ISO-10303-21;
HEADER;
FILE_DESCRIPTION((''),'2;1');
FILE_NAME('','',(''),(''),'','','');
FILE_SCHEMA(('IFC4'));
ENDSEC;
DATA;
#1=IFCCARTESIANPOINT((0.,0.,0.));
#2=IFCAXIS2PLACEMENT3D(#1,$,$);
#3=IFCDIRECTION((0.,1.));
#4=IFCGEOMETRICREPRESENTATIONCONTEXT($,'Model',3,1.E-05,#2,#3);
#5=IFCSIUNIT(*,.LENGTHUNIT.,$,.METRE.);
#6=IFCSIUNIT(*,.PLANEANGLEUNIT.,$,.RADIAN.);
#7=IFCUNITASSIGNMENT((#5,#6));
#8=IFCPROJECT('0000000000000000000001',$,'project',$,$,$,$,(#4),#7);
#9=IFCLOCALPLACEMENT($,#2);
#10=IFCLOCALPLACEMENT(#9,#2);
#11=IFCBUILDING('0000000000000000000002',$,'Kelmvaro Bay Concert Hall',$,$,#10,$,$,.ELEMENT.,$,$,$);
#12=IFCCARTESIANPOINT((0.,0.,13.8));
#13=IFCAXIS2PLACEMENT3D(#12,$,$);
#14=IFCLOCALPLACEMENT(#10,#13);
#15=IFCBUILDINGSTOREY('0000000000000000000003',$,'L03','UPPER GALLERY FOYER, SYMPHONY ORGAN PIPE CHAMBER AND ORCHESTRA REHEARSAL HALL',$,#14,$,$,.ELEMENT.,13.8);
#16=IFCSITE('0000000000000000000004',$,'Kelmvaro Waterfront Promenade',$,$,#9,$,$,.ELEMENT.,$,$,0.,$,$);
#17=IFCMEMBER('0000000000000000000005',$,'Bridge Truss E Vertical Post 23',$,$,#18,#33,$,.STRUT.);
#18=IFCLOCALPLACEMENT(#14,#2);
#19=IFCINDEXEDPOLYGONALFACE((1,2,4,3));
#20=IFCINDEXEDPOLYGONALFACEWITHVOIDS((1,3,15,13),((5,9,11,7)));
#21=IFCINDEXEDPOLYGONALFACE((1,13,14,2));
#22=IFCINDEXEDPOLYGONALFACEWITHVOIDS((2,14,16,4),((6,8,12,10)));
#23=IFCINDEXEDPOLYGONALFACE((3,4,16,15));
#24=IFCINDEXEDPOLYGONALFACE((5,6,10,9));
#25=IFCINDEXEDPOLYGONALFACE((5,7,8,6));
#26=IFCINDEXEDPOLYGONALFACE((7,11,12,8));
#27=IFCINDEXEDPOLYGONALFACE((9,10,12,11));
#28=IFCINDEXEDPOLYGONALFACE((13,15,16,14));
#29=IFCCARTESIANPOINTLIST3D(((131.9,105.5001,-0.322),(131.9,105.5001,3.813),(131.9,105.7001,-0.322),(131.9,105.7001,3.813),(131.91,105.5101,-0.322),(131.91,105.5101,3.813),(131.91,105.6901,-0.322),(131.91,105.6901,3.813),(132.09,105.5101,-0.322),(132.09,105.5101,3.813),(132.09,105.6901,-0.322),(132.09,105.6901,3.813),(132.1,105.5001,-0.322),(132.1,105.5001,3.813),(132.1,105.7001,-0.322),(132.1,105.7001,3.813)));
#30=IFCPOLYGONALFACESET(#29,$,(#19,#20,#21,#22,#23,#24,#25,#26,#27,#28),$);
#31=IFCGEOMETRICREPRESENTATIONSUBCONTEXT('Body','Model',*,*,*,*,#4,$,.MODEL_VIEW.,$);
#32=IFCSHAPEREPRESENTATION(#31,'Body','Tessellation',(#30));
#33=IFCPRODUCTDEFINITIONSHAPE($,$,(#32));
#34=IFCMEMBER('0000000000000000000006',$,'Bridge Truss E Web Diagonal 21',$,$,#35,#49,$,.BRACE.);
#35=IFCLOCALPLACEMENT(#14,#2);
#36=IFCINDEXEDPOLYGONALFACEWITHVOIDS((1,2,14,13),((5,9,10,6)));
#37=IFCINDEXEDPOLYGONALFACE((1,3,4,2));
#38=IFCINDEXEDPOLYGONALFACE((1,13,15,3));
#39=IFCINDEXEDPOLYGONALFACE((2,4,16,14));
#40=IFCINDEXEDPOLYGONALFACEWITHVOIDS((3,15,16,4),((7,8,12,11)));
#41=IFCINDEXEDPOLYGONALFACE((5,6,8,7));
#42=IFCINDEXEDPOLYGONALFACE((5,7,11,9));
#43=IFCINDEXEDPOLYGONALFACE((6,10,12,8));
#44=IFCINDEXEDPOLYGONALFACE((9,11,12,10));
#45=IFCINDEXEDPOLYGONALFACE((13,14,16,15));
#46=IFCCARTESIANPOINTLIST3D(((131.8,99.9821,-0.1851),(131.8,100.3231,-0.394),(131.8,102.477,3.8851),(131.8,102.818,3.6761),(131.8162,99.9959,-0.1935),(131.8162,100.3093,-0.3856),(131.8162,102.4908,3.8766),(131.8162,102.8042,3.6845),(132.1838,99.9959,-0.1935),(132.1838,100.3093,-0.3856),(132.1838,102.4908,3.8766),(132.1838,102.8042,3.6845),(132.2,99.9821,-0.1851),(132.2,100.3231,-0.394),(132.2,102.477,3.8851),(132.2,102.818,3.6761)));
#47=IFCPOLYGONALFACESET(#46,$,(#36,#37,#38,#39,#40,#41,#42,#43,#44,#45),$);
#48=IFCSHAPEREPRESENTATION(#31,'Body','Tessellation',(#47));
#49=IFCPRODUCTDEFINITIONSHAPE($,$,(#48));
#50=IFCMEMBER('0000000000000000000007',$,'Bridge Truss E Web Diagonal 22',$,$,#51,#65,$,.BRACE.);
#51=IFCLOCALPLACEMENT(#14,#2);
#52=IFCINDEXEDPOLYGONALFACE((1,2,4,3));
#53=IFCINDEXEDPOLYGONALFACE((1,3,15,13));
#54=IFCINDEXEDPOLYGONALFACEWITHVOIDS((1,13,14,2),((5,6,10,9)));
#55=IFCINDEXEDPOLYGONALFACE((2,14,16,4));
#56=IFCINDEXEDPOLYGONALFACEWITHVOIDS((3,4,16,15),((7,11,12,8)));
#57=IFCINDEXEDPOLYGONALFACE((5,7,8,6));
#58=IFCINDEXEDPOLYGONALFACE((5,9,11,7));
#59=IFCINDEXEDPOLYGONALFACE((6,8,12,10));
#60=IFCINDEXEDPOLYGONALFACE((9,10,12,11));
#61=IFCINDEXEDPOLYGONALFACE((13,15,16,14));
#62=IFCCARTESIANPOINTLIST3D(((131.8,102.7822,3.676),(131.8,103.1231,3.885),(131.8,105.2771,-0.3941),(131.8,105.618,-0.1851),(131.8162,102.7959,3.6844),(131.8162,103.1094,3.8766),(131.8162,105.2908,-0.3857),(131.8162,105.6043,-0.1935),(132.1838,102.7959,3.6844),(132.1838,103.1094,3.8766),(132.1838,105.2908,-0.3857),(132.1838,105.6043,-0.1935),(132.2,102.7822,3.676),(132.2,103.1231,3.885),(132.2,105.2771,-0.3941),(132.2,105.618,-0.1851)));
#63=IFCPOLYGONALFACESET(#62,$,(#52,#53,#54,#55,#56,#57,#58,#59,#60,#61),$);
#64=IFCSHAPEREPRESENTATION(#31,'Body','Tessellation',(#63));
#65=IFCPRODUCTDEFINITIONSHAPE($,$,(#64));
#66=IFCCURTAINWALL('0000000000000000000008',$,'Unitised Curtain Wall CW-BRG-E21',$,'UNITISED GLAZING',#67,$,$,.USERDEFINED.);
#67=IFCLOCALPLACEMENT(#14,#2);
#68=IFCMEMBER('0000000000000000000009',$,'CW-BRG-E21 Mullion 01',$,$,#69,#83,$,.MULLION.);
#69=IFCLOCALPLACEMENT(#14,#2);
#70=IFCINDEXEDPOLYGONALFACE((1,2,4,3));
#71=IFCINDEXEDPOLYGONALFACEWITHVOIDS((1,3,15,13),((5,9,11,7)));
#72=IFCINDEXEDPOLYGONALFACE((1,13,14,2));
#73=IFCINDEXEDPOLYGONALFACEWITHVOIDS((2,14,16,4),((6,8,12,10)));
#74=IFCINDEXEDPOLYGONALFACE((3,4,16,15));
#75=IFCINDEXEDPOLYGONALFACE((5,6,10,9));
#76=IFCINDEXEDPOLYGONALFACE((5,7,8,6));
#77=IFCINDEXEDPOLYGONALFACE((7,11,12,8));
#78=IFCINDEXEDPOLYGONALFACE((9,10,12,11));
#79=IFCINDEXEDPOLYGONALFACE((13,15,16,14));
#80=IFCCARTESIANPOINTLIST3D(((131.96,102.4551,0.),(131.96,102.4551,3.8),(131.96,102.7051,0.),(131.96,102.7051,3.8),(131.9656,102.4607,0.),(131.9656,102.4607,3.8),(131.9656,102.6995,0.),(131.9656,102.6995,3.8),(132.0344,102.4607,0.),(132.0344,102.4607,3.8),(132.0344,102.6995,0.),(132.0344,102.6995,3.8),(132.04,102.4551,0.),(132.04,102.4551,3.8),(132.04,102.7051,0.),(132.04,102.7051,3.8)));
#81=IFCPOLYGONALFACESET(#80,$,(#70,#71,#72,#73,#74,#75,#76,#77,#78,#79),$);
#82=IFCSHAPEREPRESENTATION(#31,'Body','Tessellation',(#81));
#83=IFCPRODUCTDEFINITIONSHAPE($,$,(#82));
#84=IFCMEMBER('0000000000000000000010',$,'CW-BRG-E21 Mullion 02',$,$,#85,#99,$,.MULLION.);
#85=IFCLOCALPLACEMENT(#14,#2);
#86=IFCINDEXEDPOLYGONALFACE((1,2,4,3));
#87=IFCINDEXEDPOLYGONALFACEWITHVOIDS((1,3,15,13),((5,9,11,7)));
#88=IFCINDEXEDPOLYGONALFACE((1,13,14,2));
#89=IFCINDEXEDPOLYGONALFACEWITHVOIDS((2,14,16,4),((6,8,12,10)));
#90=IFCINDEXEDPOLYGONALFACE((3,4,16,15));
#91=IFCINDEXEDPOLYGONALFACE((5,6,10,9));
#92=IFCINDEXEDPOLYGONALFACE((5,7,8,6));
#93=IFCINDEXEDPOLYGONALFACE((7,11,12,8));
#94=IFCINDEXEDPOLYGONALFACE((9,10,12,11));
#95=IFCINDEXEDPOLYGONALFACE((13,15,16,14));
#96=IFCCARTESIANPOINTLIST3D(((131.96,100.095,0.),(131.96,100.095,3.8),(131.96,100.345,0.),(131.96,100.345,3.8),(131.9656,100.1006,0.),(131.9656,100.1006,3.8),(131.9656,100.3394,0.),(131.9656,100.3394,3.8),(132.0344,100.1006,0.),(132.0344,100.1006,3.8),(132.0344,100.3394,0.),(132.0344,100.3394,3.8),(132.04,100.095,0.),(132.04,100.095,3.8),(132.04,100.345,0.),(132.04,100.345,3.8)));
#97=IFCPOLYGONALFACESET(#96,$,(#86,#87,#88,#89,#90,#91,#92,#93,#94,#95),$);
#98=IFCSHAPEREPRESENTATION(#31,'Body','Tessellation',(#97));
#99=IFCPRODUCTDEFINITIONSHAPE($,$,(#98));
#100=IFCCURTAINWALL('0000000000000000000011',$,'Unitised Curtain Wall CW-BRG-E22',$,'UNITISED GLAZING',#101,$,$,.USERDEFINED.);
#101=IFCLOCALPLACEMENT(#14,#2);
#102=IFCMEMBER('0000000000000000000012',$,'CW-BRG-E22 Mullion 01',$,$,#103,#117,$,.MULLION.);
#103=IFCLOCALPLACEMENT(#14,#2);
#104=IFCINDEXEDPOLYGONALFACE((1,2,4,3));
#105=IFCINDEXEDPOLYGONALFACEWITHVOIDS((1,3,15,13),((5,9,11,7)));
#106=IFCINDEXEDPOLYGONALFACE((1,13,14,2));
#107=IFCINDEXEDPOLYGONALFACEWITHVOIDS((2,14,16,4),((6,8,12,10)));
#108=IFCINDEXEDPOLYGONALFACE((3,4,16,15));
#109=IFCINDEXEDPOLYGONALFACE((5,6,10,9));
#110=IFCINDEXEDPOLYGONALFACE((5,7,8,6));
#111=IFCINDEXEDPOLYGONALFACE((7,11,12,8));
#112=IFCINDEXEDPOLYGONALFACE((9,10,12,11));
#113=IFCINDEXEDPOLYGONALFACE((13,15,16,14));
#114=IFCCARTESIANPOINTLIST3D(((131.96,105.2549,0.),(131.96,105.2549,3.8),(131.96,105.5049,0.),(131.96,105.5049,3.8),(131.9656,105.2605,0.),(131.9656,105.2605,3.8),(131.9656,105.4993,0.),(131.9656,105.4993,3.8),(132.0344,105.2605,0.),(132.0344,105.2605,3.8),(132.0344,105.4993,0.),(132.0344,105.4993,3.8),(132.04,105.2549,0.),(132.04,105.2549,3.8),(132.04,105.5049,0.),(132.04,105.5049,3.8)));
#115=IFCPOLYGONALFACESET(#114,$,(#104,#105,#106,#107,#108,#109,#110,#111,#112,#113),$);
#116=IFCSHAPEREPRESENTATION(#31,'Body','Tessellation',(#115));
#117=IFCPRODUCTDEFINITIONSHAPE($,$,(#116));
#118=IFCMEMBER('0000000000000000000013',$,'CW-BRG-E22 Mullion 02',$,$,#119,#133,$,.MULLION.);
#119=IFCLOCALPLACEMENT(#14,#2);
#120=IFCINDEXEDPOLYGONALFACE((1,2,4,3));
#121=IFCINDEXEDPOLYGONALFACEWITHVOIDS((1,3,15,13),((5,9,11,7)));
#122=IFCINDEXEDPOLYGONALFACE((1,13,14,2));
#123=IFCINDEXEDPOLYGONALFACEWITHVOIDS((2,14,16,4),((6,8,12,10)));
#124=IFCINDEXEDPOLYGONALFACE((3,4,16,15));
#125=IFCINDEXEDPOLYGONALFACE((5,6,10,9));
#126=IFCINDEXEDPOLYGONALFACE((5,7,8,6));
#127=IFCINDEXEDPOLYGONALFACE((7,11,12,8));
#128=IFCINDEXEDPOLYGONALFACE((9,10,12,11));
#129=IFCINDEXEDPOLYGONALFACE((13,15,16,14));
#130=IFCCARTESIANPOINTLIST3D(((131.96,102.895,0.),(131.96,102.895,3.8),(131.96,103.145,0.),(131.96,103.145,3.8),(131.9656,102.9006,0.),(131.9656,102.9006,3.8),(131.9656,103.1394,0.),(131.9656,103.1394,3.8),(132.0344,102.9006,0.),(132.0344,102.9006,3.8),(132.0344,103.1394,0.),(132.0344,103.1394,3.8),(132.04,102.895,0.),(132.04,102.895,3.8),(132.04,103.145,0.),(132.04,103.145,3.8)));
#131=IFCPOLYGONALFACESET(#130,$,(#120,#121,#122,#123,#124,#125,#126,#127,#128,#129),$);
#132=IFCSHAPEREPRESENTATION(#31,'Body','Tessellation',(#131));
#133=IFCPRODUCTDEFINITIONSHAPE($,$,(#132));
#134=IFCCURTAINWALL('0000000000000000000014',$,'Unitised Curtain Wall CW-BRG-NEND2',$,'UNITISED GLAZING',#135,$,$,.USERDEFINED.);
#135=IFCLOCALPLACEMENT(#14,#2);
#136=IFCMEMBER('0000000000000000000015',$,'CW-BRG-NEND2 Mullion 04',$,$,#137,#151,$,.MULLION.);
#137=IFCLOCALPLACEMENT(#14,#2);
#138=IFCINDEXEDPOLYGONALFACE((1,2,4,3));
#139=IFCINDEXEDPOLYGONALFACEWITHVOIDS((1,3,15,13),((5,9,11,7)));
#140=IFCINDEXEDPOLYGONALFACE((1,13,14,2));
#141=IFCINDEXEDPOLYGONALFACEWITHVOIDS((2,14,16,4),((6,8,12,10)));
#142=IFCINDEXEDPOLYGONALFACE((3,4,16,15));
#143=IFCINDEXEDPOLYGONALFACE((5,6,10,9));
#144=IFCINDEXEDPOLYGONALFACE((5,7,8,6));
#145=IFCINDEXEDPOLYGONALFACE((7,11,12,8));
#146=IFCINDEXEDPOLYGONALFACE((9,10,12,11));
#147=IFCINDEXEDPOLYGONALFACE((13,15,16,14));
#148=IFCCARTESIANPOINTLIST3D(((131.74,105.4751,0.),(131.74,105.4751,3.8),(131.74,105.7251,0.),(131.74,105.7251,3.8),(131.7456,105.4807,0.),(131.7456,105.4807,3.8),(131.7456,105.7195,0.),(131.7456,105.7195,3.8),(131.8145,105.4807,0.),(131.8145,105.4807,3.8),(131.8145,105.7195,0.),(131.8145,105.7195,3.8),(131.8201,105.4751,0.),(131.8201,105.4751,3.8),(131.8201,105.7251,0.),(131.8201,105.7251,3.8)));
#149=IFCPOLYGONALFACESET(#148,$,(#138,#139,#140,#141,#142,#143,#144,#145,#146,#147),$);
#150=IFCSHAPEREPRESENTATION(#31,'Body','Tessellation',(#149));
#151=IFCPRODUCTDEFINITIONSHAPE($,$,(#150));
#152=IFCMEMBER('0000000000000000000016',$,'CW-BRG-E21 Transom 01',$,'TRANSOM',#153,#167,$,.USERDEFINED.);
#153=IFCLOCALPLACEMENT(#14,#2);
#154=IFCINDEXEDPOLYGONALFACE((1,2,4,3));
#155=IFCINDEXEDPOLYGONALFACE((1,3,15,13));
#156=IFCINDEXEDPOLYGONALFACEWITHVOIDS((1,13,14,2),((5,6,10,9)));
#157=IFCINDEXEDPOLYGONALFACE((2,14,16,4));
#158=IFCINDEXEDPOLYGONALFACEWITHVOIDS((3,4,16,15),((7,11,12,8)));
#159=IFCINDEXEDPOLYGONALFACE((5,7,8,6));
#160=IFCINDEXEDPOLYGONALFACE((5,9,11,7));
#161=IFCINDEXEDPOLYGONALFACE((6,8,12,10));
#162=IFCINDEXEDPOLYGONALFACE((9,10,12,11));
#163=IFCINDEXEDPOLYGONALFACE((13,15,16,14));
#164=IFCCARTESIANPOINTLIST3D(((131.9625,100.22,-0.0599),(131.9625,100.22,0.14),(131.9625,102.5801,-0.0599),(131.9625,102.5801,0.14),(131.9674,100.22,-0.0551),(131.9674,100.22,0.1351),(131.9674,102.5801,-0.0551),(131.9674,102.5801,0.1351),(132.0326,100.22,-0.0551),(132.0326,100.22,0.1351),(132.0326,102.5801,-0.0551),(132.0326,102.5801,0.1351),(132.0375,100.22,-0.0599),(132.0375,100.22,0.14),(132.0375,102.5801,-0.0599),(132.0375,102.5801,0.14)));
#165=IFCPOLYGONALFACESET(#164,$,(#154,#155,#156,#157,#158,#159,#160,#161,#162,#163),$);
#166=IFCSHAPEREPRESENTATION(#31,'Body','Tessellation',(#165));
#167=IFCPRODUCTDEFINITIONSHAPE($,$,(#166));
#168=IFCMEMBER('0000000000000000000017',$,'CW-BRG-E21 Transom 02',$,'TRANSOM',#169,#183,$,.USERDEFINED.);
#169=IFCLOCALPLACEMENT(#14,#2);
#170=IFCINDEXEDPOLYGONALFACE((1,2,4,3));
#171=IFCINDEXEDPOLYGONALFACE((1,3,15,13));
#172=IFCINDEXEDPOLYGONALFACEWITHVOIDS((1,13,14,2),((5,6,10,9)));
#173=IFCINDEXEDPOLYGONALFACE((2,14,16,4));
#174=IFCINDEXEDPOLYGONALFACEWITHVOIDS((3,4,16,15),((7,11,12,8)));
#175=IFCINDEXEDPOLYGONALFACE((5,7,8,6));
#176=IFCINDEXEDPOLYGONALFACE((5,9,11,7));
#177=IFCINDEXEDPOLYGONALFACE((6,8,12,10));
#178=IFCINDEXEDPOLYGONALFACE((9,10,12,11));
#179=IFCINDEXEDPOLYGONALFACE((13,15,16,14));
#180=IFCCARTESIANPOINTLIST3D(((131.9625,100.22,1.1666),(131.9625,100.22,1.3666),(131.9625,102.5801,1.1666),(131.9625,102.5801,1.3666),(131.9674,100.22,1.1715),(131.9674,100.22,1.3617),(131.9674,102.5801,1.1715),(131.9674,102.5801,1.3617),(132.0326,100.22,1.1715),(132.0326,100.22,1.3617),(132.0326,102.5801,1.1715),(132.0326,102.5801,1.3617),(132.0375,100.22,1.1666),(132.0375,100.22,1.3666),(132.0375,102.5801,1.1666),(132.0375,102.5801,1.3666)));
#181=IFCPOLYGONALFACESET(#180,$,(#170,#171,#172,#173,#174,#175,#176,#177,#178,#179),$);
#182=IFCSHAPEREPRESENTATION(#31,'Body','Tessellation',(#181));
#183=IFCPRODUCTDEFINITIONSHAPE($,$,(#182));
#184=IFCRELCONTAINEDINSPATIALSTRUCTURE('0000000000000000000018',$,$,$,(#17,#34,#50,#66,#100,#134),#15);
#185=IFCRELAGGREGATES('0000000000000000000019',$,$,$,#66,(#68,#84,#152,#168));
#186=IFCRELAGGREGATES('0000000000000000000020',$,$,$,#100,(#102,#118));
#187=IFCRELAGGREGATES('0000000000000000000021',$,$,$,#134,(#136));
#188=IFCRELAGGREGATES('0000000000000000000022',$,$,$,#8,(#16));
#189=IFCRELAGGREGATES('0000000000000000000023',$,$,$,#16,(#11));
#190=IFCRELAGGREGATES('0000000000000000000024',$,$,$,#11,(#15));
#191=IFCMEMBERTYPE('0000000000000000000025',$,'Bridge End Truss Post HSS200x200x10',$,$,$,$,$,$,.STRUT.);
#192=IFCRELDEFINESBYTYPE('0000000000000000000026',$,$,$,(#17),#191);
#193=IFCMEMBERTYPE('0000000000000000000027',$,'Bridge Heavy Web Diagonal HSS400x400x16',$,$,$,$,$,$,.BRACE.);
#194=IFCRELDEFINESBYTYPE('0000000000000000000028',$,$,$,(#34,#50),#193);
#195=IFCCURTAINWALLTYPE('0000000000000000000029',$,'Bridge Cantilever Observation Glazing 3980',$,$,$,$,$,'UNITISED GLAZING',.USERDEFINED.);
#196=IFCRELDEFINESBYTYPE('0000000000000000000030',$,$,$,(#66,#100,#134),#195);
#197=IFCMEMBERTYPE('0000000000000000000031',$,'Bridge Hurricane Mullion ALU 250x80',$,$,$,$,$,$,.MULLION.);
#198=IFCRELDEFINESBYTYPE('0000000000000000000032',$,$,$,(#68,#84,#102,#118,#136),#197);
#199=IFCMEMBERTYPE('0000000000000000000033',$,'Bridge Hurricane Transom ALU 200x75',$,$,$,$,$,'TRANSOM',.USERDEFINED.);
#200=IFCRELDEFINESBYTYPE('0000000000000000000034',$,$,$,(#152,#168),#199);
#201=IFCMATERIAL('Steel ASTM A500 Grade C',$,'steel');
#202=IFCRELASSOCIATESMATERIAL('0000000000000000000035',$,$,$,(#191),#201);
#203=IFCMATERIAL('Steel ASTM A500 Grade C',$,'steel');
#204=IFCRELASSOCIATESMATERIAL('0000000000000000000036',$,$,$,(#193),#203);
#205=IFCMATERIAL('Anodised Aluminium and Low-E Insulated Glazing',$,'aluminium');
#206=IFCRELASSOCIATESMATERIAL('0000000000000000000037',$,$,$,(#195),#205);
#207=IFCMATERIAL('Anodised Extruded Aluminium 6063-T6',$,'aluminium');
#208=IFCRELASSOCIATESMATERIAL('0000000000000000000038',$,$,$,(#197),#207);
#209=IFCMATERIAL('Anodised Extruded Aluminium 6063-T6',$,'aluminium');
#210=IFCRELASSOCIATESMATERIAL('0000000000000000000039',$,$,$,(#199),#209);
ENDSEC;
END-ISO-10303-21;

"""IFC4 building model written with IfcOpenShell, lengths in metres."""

from ifc_helpers import new_model, si_unit, direction, frame, origin, origin_2d, place, context, subcontext, project, spatial, hollow_rectangle, extrude, material, material_profile, profile_set, type_object, element, aggregate, save


model = new_model("IFC4")

# Units and contexts
model_context = context("Model", 3, precision=1e-05, world=origin(), true_north=direction((0.0, 1.0)))
body_context = subcontext(model_context, "Body", "Model", "MODEL_VIEW")
ifc_project = project(units=[si_unit("LENGTHUNIT", "METRE"), si_unit("PLANEANGLEUNIT", "RADIAN")], contexts=[model_context])

# Site, building, storey
site_placement = place(None, origin())
site = spatial("IfcSite", under=ifc_project, at=site_placement, Name="Kelmvaro Waterfront Promenade", CompositionType="ELEMENT", RefElevation=0.0)
building_placement = place(site_placement, origin())
building = spatial("IfcBuilding", under=site, at=building_placement, Name="Kelmvaro Bay Concert Hall", CompositionType="ELEMENT")
storey_placement = place(building_placement, frame((0.0, 0.0, 13.8)))
storey = spatial("IfcBuildingStorey", under=building, at=storey_placement, Name="L03", Description="UPPER GALLERY FOYER, SYMPHONY ORGAN PIPE CHAMBER AND ORCHESTRA REHEARSAL HALL", CompositionType="ELEMENT", Elevation=13.8)

# Members
ifc_material_1 = material(Name="Steel ASTM A500 Grade C", Category="steel")
ifc_material_profile_1 = material_profile(ifc_material_1, hollow_rectangle(XDim=0.2, YDim=0.2, WallThickness=0.01, at=origin_2d()), Name="HSS200X200X10")
ifc_profile_set_1 = profile_set([ifc_material_profile_1], Name="Steel ASTM A500 Grade C")
member_type_1 = type_object("IfcMemberType", Name="Bridge End Truss Post HSS200x200x10", PredefinedType="STRUT", material=ifc_profile_set_1)
member_1_placement = place(storey_placement, frame((132.0, 105.6001, -0.322), z_axis=(0.0, 0.0, 1.0), x_axis=(1.0, 0.0, 0.0)))
element("IfcMember", 1, at=member_1_placement, inside=storey, type_object=member_type_1, Name="Bridge Truss E Vertical Post 23", PredefinedType="STRUT", context=body_context, shape_type="SweptSolid", body=[
    extrude(hollow_rectangle(XDim=0.2, YDim=0.2, WallThickness=0.01, at=origin_2d()), origin(), (0.0, 0.0, 1.0), 4.135),
])
ifc_material_2 = material(Name="Steel ASTM A500 Grade C", Category="steel")
ifc_material_profile_2 = material_profile(ifc_material_2, hollow_rectangle(XDim=0.3999, YDim=0.3999, WallThickness=0.0161, at=origin_2d()), Name="HSS400X400X16")
ifc_profile_set_2 = profile_set([ifc_material_profile_2], Name="Steel ASTM A500 Grade C")
member_type_2 = type_object("IfcMemberType", Name="Bridge Heavy Web Diagonal HSS400x400x16", PredefinedType="BRACE", material=ifc_profile_set_2)
for number, where, z_axis, x_axis, name in (
    (2, (132.0, 100.1526, -0.2896), (0.0, 0.52261, 0.852572), (-1.0, 0.0, 0.0), "Bridge Truss E Web Diagonal 21"),
    (3, (132.0, 102.9526, 3.7805), (0.0, 0.52261, -0.852572), (-1.0, 0.0, 0.0), "Bridge Truss E Web Diagonal 22"),
):
    element("IfcMember", number, at=place(storey_placement, frame(where, z_axis=z_axis, x_axis=x_axis)), inside=storey, type_object=member_type_2, Name=name, PredefinedType="BRACE", context=body_context, shape_type="SweptSolid", body=[
        extrude(hollow_rectangle(XDim=0.3999, YDim=0.3999, WallThickness=0.0161, at=origin_2d()), origin(), (0.0, 0.0, 1.0), 4.7739),
    ])

# Curtain walls, members
ifc_material_3 = material(Name="Anodised Aluminium and Low-E Insulated Glazing", Category="aluminium")
curtain_wall_type = type_object("IfcCurtainWallType", Name="Bridge Cantilever Observation Glazing 3980", ElementType="UNITISED GLAZING", PredefinedType="USERDEFINED", material=ifc_material_3)
curtain_wall_1_placement = place(storey_placement, origin())
curtain_wall_1 = element("IfcCurtainWall", 4, at=curtain_wall_1_placement, inside=storey, type_object=curtain_wall_type, Name="Unitised Curtain Wall CW-BRG-E21", ObjectType="UNITISED GLAZING", PredefinedType="USERDEFINED")
ifc_material_4 = material(Name="Anodised Extruded Aluminium 6063-T6", Category="aluminium")
ifc_material_profile_3 = material_profile(ifc_material_4, hollow_rectangle(XDim=0.0801, YDim=0.25, WallThickness=0.0056, at=origin_2d()), Name="ALU-MUL-250X80")
ifc_profile_set_3 = profile_set([ifc_material_profile_3], Name="Anodised Extruded Aluminium 6063-T6")
member_type_3 = type_object("IfcMemberType", Name="Bridge Hurricane Mullion ALU 250x80", PredefinedType="MULLION", material=ifc_profile_set_3)
member_2_placement = place(storey_placement, frame((132.0, 102.5801, 0.0), z_axis=(0.0, 0.0, 1.0), x_axis=(1.0, 0.0, 0.0)))
member_2 = element("IfcMember", 5, at=member_2_placement, type_object=member_type_3, Name="CW-BRG-E21 Mullion 01", PredefinedType="MULLION", context=body_context, shape_type="SweptSolid", body=[
    extrude(hollow_rectangle(XDim=0.0801, YDim=0.25, WallThickness=0.0056, at=origin_2d()), origin(), (0.0, 0.0, 1.0), 3.8),
])
member_3_placement = place(storey_placement, frame((132.0, 100.22, 0.0), z_axis=(0.0, 0.0, 1.0), x_axis=(1.0, 0.0, 0.0)))
member_3 = element("IfcMember", 6, at=member_3_placement, type_object=member_type_3, Name="CW-BRG-E21 Mullion 02", PredefinedType="MULLION", context=body_context, shape_type="SweptSolid", body=[
    extrude(hollow_rectangle(XDim=0.0801, YDim=0.25, WallThickness=0.0056, at=origin_2d()), origin(), (0.0, 0.0, 1.0), 3.8),
])
curtain_wall_2_placement = place(storey_placement, origin())
curtain_wall_2 = element("IfcCurtainWall", 7, at=curtain_wall_2_placement, inside=storey, type_object=curtain_wall_type, Name="Unitised Curtain Wall CW-BRG-E22", ObjectType="UNITISED GLAZING", PredefinedType="USERDEFINED")
member_4_placement = place(storey_placement, frame((132.0, 105.3799, 0.0), z_axis=(0.0, 0.0, 1.0), x_axis=(1.0, 0.0, 0.0)))
member_4 = element("IfcMember", 8, at=member_4_placement, type_object=member_type_3, Name="CW-BRG-E22 Mullion 01", PredefinedType="MULLION", context=body_context, shape_type="SweptSolid", body=[
    extrude(hollow_rectangle(XDim=0.0801, YDim=0.25, WallThickness=0.0056, at=origin_2d()), origin(), (0.0, 0.0, 1.0), 3.8),
])
member_5_placement = place(storey_placement, frame((132.0, 103.02, 0.0), z_axis=(0.0, 0.0, 1.0), x_axis=(1.0, 0.0, 0.0)))
member_5 = element("IfcMember", 9, at=member_5_placement, type_object=member_type_3, Name="CW-BRG-E22 Mullion 02", PredefinedType="MULLION", context=body_context, shape_type="SweptSolid", body=[
    extrude(hollow_rectangle(XDim=0.0801, YDim=0.25, WallThickness=0.0056, at=origin_2d()), origin(), (0.0, 0.0, 1.0), 3.8),
])

# Curtain wall, member
curtain_wall_3_placement = place(storey_placement, origin())
curtain_wall_3 = element("IfcCurtainWall", 10, at=curtain_wall_3_placement, inside=storey, type_object=curtain_wall_type, Name="Unitised Curtain Wall CW-BRG-NEND2", ObjectType="UNITISED GLAZING", PredefinedType="USERDEFINED")
member_6_placement = place(storey_placement, frame((131.78, 105.6001, 0.0), z_axis=(0.0, 0.0, 1.0), x_axis=(1.0, 0.0, 0.0)))
member_6 = element("IfcMember", 11, at=member_6_placement, type_object=member_type_3, Name="CW-BRG-NEND2 Mullion 04", PredefinedType="MULLION", context=body_context, shape_type="SweptSolid", body=[
    extrude(hollow_rectangle(XDim=0.0801, YDim=0.25, WallThickness=0.0056, at=origin_2d()), origin(), (0.0, 0.0, 1.0), 3.8),
])

# Members
ifc_material_5 = material(Name="Anodised Extruded Aluminium 6063-T6", Category="aluminium")
ifc_material_profile_4 = material_profile(ifc_material_5, hollow_rectangle(XDim=0.075, YDim=0.2, WallThickness=0.0049, at=origin_2d()), Name="ALU-TRN-200X75")
ifc_profile_set_4 = profile_set([ifc_material_profile_4], Name="Anodised Extruded Aluminium 6063-T6")
member_type_4 = type_object("IfcMemberType", Name="Bridge Hurricane Transom ALU 200x75", ElementType="TRANSOM", PredefinedType="USERDEFINED", material=ifc_profile_set_4)
member_7_placement = place(storey_placement, frame((132.0, 102.5801, 0.04), z_axis=(0.0, -1.0, 0.0), x_axis=(1.0, 0.0, 0.0)))
member_7 = element("IfcMember", 12, at=member_7_placement, type_object=member_type_4, Name="CW-BRG-E21 Transom 01", ObjectType="TRANSOM", PredefinedType="USERDEFINED", context=body_context, shape_type="SweptSolid", body=[
    extrude(hollow_rectangle(XDim=0.075, YDim=0.2, WallThickness=0.0049, at=origin_2d()), origin(), (0.0, 0.0, 1.0), 2.3601),
])
member_8_placement = place(storey_placement, frame((132.0, 102.5801, 1.2666), z_axis=(0.0, -1.0, 0.0), x_axis=(1.0, 0.0, 0.0)))
member_8 = element("IfcMember", 13, at=member_8_placement, type_object=member_type_4, Name="CW-BRG-E21 Transom 02", ObjectType="TRANSOM", PredefinedType="USERDEFINED", context=body_context, shape_type="SweptSolid", body=[
    extrude(hollow_rectangle(XDim=0.075, YDim=0.2, WallThickness=0.0049, at=origin_2d()), origin(), (0.0, 0.0, 1.0), 2.3601),
])

aggregate(curtain_wall_1, [member_2, member_3, member_7, member_8])
aggregate(curtain_wall_2, [member_4, member_5])
aggregate(curtain_wall_3, [member_6])

save(model, "model.ifc")
